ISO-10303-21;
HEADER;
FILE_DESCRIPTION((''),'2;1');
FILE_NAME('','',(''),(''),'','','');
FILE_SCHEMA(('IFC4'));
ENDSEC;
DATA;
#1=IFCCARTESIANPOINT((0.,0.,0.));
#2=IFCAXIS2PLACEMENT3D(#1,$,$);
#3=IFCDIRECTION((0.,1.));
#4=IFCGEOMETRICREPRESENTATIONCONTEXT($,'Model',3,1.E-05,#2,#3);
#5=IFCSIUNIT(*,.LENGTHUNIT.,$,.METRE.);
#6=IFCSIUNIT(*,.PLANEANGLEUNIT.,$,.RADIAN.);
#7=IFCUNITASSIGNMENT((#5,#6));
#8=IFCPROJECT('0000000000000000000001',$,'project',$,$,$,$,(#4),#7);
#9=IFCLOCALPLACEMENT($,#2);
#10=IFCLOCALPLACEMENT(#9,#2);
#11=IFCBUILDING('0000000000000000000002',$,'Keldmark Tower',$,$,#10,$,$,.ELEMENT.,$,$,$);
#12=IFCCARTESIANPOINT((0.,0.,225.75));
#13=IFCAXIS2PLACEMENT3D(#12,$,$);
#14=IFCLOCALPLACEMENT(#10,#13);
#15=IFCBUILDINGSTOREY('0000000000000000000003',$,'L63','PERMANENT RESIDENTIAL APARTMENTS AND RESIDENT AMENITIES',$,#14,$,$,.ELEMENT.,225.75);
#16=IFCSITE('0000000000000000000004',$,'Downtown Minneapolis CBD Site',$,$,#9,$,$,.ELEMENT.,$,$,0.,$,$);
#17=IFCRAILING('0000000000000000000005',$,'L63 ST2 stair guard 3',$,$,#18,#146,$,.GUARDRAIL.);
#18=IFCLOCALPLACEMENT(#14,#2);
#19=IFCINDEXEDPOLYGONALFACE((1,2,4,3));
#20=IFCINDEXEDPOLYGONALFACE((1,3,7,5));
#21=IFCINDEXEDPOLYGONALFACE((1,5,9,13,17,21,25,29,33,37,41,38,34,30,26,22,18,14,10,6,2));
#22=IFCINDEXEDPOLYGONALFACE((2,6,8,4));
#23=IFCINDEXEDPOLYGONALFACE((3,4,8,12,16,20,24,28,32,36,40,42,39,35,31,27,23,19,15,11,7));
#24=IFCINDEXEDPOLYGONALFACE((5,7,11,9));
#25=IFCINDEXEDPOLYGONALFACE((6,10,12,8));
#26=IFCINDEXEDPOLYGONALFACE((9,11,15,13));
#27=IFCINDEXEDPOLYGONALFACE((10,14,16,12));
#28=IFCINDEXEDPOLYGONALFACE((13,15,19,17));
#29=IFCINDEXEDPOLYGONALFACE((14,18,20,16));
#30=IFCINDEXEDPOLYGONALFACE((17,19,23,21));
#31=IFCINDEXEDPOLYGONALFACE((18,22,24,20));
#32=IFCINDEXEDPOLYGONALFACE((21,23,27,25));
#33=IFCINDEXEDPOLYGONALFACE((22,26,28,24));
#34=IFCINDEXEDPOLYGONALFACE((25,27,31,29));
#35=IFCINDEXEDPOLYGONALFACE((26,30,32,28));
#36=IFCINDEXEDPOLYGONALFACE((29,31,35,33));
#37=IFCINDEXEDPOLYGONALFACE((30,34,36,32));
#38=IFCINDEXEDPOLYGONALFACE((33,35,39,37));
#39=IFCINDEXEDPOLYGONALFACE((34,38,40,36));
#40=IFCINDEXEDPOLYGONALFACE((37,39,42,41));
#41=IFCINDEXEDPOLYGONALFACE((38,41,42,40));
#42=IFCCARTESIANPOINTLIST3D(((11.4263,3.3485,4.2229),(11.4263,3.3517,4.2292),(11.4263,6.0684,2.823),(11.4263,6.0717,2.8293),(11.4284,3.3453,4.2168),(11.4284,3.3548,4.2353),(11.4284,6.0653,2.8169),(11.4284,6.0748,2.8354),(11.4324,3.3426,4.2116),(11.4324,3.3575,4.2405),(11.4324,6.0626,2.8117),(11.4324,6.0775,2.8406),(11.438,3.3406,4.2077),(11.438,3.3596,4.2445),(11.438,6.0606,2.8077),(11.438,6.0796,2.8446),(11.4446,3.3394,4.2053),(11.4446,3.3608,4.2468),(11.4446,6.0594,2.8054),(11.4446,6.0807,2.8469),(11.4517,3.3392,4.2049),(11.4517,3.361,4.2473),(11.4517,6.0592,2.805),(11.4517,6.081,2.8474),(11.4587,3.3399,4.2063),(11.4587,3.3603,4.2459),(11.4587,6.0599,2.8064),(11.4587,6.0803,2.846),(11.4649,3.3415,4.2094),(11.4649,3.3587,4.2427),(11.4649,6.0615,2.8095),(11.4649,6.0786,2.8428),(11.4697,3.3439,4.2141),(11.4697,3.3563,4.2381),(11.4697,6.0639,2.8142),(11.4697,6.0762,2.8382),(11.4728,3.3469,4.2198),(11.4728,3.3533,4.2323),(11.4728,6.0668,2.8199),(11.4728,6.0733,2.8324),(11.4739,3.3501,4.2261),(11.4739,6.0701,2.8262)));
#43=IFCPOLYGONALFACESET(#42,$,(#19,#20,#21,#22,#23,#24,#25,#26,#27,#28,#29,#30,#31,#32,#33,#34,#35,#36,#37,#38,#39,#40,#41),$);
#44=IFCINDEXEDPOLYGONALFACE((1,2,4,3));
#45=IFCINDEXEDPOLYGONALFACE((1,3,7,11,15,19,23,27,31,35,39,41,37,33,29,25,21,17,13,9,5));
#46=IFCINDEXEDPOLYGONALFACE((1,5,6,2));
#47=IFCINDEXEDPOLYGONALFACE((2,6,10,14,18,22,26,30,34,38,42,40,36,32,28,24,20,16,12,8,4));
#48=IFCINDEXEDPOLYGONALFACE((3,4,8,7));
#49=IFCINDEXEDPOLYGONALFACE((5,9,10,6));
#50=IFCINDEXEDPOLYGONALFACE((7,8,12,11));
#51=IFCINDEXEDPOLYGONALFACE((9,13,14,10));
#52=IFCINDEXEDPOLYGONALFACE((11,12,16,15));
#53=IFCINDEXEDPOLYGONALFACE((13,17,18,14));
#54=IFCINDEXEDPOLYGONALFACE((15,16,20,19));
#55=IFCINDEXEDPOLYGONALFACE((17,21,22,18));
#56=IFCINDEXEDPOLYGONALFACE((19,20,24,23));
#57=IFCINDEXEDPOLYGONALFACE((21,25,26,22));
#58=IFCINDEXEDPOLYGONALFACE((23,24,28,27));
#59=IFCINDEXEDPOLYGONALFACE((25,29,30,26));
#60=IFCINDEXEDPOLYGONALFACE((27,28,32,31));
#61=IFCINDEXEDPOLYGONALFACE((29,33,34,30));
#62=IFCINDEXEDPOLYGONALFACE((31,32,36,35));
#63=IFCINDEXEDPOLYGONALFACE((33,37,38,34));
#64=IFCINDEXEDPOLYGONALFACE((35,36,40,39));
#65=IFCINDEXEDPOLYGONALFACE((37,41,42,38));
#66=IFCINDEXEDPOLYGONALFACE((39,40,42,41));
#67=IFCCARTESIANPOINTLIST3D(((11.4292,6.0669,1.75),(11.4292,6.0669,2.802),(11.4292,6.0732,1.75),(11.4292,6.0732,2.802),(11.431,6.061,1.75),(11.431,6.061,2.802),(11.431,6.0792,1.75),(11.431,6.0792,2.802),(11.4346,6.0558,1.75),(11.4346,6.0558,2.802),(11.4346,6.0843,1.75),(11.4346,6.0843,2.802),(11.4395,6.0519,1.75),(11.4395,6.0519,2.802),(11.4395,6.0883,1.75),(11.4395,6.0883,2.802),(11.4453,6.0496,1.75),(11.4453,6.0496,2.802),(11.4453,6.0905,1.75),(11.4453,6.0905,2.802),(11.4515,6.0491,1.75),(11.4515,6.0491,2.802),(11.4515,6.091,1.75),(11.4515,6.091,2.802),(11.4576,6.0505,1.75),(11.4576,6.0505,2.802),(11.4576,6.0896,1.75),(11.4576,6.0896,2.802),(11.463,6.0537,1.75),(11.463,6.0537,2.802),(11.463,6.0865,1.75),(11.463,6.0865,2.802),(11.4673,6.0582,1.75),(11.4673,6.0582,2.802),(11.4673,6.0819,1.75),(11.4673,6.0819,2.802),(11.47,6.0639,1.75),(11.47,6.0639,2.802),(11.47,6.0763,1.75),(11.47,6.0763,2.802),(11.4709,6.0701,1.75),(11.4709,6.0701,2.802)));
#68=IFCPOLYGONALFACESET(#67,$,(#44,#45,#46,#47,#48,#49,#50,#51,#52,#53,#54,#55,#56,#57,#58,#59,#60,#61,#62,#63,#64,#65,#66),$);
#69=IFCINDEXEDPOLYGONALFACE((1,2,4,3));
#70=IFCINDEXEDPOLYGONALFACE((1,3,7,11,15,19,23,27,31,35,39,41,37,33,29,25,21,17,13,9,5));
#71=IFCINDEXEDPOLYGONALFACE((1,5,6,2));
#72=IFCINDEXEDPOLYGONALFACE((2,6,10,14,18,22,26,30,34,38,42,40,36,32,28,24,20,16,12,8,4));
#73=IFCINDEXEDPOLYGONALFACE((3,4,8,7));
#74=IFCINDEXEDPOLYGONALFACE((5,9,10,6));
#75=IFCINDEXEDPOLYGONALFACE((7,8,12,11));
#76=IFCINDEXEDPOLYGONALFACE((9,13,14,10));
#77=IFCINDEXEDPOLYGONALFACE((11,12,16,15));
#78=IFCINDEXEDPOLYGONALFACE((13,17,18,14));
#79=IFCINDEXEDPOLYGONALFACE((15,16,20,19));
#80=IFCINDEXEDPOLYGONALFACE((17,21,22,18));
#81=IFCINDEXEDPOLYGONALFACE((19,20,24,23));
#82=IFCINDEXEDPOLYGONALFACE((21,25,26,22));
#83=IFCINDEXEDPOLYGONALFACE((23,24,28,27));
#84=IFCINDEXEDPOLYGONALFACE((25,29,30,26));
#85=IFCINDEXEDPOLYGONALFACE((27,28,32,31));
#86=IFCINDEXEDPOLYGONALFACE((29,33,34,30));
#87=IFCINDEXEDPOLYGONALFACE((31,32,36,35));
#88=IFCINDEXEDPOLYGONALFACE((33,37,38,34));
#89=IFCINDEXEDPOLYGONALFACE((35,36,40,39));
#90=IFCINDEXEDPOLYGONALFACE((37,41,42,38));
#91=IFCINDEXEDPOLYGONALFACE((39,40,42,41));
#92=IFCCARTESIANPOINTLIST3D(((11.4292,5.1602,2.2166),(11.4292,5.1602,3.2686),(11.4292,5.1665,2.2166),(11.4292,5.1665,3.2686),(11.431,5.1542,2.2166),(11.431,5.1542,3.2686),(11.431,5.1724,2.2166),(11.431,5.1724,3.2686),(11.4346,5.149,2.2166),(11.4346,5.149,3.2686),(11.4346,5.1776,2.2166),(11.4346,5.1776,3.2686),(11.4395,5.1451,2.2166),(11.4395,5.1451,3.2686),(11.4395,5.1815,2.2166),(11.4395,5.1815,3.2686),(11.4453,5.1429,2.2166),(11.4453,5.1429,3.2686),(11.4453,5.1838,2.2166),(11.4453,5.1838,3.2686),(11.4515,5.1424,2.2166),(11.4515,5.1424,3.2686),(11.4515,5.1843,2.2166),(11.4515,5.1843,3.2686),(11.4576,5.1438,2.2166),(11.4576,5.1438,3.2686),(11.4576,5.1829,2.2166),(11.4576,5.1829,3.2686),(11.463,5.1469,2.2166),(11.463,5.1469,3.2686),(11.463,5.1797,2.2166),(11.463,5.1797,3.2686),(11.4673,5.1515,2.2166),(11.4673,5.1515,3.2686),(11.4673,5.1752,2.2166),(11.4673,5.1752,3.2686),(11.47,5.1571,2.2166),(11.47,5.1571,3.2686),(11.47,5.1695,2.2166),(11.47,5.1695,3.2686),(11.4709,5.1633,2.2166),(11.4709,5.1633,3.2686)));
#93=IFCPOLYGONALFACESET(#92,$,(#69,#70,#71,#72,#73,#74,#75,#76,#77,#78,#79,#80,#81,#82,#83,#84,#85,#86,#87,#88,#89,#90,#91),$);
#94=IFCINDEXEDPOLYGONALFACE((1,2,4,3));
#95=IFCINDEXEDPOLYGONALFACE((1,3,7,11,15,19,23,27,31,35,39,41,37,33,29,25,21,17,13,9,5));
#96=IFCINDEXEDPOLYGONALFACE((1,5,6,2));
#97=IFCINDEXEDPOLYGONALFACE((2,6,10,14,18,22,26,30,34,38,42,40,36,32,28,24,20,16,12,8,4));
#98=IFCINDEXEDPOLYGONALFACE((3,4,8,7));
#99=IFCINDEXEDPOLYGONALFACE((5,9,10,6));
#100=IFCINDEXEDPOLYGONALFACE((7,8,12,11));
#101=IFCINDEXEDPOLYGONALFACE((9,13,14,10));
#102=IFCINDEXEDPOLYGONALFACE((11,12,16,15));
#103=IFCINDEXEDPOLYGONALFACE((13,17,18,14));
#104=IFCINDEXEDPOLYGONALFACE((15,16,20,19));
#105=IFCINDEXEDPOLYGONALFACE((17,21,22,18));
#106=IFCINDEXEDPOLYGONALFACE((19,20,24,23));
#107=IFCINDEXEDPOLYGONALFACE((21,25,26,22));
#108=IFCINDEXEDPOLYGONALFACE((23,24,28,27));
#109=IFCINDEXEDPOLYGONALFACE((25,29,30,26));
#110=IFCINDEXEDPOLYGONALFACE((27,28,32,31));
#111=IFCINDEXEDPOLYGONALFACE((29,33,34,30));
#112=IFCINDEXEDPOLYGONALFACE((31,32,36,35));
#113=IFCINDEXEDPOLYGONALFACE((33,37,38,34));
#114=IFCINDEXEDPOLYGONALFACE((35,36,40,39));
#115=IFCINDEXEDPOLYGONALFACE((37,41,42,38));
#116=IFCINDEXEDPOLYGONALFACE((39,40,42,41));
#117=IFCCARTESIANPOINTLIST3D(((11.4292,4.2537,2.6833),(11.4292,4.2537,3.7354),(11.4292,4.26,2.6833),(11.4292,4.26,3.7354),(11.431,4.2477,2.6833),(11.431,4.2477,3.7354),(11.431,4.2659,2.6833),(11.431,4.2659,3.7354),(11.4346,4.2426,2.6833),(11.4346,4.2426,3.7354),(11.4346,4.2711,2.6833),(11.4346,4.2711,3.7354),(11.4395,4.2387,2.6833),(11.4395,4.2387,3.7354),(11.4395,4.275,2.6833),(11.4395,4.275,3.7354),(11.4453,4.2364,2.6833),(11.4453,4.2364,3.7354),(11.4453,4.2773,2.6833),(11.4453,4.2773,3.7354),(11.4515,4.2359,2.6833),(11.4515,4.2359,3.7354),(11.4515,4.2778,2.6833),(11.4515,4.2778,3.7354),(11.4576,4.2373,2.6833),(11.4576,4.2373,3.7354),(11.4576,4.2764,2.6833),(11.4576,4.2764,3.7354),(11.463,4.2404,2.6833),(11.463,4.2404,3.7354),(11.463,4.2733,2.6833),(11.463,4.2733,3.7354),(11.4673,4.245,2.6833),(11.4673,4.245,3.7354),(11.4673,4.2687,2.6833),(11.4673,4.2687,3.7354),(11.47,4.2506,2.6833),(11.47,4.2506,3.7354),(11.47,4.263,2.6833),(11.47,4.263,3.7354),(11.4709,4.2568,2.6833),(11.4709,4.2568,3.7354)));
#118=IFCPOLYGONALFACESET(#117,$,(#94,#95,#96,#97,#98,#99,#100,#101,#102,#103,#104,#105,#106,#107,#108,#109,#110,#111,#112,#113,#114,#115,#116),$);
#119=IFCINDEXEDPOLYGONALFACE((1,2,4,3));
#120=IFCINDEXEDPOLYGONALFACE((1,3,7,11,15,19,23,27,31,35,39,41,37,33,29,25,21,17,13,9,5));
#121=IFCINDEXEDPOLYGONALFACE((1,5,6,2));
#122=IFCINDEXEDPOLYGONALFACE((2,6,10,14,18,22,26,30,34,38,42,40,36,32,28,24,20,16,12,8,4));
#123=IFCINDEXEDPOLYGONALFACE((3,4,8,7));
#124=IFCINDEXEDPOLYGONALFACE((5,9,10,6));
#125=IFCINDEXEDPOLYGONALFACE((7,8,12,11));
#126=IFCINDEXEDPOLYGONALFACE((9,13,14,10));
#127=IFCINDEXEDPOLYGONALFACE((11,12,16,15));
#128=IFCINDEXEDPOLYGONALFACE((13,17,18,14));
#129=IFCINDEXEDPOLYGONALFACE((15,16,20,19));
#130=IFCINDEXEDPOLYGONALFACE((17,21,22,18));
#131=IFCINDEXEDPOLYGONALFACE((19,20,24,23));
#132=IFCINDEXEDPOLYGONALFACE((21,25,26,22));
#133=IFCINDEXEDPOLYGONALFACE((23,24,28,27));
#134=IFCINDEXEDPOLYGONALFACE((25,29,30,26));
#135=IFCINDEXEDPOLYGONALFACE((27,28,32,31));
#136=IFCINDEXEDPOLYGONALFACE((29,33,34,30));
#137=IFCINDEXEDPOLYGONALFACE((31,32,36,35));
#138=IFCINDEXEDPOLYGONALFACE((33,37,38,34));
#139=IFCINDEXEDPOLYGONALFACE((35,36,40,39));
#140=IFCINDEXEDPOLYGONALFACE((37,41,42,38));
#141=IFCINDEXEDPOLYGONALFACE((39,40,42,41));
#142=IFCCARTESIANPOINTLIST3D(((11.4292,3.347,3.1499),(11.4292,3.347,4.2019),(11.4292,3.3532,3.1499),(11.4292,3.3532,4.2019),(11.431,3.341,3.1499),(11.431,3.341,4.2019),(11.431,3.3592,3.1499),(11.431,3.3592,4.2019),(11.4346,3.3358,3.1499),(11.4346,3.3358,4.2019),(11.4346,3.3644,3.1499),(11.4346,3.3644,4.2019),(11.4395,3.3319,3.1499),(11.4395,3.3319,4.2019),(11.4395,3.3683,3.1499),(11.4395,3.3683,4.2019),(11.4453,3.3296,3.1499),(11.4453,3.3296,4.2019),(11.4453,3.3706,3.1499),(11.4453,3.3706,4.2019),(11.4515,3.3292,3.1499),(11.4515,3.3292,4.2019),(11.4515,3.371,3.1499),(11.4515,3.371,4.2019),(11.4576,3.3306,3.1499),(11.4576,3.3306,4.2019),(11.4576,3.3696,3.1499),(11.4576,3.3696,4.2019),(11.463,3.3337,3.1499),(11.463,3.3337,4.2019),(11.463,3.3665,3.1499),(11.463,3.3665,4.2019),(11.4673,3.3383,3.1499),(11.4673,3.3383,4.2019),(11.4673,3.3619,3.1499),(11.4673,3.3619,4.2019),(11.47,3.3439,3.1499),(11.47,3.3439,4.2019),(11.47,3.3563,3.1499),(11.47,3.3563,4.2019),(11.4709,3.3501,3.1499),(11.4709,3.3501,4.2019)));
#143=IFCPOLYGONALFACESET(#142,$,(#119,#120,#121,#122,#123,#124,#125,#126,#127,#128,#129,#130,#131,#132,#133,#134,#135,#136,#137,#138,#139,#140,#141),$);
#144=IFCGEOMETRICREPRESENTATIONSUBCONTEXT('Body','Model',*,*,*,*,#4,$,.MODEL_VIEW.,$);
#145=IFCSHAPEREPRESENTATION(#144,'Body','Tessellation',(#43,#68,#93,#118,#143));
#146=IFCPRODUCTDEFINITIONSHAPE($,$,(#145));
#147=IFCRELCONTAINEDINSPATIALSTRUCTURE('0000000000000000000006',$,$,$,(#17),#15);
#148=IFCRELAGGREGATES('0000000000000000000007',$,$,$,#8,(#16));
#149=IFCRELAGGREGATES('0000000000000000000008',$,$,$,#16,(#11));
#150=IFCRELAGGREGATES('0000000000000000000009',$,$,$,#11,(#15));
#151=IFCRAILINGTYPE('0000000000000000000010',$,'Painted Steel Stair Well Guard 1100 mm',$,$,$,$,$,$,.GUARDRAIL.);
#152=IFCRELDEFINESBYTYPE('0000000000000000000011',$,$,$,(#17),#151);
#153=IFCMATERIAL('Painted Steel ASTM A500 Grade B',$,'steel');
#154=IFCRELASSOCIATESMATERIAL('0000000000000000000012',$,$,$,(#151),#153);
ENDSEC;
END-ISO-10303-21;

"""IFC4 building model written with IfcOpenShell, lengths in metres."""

from ifc_helpers import new_model, si_unit, direction, frame, origin, origin_2d, place, context, subcontext, project, spatial, circle, extrude, material, type_object, element, save


model = new_model("IFC4")

# Units and contexts
model_context = context("Model", 3, precision=1e-05, world=origin(), true_north=direction((0.0, 1.0)))
body_context = subcontext(model_context, "Body", "Model", "MODEL_VIEW")
ifc_project = project(units=[si_unit("LENGTHUNIT", "METRE"), si_unit("PLANEANGLEUNIT", "RADIAN")], contexts=[model_context])

# Site, building, storey
site_placement = place(None, origin())
site = spatial("IfcSite", under=ifc_project, at=site_placement, Name="Downtown Minneapolis CBD Site", CompositionType="ELEMENT", RefElevation=0.0)
building_placement = place(site_placement, origin())
building = spatial("IfcBuilding", under=site, at=building_placement, Name="Keldmark Tower", CompositionType="ELEMENT")
storey_placement = place(building_placement, frame((0.0, 0.0, 225.75)))
storey = spatial("IfcBuildingStorey", under=building, at=storey_placement, Name="L63", Description="PERMANENT RESIDENTIAL APARTMENTS AND RESIDENT AMENITIES", CompositionType="ELEMENT", Elevation=225.75)

# Railing
ifc_material_1 = material(Name="Painted Steel ASTM A500 Grade B", Category="steel")
railing_type_1 = type_object("IfcRailingType", Name="Painted Steel Stair Well Guard 1100 mm", PredefinedType="GUARDRAIL", material=ifc_material_1)
railing_1_placement = place(storey_placement, frame((11.45, 6.0701, 1.75)))
element("IfcRailing", 1, at=railing_1_placement, inside=storey, type_object=railing_type_1, Name="L63 ST2 stair guard 3", PredefinedType="GUARDRAIL", context=body_context, shape_type="SweptSolid", body=[
    extrude(circle(Radius=0.0239, at=origin_2d()), frame((0.0, 0.0, 1.0762), z_axis=(0.0, -0.889147, 0.457622), x_axis=(1.0, 0.0, 0.0)), (0.0, 0.0, 1.0), 3.0591),
    extrude(circle(Radius=0.021, at=origin_2d()), origin(), (0.0, 0.0, 1.0), 1.052),
    extrude(circle(Radius=0.021, at=origin_2d()), frame((0.0, -0.9067, 0.4666)), (0.0, 0.0, 1.0), 1.052),
    extrude(circle(Radius=0.021, at=origin_2d()), frame((0.0, -1.8132, 0.9333)), (0.0, 0.0, 1.0), 1.052),
    extrude(circle(Radius=0.021, at=origin_2d()), frame((0.0, -2.72, 1.3999)), (0.0, 0.0, 1.0), 1.052),
])

save(model, "model.ifc")
